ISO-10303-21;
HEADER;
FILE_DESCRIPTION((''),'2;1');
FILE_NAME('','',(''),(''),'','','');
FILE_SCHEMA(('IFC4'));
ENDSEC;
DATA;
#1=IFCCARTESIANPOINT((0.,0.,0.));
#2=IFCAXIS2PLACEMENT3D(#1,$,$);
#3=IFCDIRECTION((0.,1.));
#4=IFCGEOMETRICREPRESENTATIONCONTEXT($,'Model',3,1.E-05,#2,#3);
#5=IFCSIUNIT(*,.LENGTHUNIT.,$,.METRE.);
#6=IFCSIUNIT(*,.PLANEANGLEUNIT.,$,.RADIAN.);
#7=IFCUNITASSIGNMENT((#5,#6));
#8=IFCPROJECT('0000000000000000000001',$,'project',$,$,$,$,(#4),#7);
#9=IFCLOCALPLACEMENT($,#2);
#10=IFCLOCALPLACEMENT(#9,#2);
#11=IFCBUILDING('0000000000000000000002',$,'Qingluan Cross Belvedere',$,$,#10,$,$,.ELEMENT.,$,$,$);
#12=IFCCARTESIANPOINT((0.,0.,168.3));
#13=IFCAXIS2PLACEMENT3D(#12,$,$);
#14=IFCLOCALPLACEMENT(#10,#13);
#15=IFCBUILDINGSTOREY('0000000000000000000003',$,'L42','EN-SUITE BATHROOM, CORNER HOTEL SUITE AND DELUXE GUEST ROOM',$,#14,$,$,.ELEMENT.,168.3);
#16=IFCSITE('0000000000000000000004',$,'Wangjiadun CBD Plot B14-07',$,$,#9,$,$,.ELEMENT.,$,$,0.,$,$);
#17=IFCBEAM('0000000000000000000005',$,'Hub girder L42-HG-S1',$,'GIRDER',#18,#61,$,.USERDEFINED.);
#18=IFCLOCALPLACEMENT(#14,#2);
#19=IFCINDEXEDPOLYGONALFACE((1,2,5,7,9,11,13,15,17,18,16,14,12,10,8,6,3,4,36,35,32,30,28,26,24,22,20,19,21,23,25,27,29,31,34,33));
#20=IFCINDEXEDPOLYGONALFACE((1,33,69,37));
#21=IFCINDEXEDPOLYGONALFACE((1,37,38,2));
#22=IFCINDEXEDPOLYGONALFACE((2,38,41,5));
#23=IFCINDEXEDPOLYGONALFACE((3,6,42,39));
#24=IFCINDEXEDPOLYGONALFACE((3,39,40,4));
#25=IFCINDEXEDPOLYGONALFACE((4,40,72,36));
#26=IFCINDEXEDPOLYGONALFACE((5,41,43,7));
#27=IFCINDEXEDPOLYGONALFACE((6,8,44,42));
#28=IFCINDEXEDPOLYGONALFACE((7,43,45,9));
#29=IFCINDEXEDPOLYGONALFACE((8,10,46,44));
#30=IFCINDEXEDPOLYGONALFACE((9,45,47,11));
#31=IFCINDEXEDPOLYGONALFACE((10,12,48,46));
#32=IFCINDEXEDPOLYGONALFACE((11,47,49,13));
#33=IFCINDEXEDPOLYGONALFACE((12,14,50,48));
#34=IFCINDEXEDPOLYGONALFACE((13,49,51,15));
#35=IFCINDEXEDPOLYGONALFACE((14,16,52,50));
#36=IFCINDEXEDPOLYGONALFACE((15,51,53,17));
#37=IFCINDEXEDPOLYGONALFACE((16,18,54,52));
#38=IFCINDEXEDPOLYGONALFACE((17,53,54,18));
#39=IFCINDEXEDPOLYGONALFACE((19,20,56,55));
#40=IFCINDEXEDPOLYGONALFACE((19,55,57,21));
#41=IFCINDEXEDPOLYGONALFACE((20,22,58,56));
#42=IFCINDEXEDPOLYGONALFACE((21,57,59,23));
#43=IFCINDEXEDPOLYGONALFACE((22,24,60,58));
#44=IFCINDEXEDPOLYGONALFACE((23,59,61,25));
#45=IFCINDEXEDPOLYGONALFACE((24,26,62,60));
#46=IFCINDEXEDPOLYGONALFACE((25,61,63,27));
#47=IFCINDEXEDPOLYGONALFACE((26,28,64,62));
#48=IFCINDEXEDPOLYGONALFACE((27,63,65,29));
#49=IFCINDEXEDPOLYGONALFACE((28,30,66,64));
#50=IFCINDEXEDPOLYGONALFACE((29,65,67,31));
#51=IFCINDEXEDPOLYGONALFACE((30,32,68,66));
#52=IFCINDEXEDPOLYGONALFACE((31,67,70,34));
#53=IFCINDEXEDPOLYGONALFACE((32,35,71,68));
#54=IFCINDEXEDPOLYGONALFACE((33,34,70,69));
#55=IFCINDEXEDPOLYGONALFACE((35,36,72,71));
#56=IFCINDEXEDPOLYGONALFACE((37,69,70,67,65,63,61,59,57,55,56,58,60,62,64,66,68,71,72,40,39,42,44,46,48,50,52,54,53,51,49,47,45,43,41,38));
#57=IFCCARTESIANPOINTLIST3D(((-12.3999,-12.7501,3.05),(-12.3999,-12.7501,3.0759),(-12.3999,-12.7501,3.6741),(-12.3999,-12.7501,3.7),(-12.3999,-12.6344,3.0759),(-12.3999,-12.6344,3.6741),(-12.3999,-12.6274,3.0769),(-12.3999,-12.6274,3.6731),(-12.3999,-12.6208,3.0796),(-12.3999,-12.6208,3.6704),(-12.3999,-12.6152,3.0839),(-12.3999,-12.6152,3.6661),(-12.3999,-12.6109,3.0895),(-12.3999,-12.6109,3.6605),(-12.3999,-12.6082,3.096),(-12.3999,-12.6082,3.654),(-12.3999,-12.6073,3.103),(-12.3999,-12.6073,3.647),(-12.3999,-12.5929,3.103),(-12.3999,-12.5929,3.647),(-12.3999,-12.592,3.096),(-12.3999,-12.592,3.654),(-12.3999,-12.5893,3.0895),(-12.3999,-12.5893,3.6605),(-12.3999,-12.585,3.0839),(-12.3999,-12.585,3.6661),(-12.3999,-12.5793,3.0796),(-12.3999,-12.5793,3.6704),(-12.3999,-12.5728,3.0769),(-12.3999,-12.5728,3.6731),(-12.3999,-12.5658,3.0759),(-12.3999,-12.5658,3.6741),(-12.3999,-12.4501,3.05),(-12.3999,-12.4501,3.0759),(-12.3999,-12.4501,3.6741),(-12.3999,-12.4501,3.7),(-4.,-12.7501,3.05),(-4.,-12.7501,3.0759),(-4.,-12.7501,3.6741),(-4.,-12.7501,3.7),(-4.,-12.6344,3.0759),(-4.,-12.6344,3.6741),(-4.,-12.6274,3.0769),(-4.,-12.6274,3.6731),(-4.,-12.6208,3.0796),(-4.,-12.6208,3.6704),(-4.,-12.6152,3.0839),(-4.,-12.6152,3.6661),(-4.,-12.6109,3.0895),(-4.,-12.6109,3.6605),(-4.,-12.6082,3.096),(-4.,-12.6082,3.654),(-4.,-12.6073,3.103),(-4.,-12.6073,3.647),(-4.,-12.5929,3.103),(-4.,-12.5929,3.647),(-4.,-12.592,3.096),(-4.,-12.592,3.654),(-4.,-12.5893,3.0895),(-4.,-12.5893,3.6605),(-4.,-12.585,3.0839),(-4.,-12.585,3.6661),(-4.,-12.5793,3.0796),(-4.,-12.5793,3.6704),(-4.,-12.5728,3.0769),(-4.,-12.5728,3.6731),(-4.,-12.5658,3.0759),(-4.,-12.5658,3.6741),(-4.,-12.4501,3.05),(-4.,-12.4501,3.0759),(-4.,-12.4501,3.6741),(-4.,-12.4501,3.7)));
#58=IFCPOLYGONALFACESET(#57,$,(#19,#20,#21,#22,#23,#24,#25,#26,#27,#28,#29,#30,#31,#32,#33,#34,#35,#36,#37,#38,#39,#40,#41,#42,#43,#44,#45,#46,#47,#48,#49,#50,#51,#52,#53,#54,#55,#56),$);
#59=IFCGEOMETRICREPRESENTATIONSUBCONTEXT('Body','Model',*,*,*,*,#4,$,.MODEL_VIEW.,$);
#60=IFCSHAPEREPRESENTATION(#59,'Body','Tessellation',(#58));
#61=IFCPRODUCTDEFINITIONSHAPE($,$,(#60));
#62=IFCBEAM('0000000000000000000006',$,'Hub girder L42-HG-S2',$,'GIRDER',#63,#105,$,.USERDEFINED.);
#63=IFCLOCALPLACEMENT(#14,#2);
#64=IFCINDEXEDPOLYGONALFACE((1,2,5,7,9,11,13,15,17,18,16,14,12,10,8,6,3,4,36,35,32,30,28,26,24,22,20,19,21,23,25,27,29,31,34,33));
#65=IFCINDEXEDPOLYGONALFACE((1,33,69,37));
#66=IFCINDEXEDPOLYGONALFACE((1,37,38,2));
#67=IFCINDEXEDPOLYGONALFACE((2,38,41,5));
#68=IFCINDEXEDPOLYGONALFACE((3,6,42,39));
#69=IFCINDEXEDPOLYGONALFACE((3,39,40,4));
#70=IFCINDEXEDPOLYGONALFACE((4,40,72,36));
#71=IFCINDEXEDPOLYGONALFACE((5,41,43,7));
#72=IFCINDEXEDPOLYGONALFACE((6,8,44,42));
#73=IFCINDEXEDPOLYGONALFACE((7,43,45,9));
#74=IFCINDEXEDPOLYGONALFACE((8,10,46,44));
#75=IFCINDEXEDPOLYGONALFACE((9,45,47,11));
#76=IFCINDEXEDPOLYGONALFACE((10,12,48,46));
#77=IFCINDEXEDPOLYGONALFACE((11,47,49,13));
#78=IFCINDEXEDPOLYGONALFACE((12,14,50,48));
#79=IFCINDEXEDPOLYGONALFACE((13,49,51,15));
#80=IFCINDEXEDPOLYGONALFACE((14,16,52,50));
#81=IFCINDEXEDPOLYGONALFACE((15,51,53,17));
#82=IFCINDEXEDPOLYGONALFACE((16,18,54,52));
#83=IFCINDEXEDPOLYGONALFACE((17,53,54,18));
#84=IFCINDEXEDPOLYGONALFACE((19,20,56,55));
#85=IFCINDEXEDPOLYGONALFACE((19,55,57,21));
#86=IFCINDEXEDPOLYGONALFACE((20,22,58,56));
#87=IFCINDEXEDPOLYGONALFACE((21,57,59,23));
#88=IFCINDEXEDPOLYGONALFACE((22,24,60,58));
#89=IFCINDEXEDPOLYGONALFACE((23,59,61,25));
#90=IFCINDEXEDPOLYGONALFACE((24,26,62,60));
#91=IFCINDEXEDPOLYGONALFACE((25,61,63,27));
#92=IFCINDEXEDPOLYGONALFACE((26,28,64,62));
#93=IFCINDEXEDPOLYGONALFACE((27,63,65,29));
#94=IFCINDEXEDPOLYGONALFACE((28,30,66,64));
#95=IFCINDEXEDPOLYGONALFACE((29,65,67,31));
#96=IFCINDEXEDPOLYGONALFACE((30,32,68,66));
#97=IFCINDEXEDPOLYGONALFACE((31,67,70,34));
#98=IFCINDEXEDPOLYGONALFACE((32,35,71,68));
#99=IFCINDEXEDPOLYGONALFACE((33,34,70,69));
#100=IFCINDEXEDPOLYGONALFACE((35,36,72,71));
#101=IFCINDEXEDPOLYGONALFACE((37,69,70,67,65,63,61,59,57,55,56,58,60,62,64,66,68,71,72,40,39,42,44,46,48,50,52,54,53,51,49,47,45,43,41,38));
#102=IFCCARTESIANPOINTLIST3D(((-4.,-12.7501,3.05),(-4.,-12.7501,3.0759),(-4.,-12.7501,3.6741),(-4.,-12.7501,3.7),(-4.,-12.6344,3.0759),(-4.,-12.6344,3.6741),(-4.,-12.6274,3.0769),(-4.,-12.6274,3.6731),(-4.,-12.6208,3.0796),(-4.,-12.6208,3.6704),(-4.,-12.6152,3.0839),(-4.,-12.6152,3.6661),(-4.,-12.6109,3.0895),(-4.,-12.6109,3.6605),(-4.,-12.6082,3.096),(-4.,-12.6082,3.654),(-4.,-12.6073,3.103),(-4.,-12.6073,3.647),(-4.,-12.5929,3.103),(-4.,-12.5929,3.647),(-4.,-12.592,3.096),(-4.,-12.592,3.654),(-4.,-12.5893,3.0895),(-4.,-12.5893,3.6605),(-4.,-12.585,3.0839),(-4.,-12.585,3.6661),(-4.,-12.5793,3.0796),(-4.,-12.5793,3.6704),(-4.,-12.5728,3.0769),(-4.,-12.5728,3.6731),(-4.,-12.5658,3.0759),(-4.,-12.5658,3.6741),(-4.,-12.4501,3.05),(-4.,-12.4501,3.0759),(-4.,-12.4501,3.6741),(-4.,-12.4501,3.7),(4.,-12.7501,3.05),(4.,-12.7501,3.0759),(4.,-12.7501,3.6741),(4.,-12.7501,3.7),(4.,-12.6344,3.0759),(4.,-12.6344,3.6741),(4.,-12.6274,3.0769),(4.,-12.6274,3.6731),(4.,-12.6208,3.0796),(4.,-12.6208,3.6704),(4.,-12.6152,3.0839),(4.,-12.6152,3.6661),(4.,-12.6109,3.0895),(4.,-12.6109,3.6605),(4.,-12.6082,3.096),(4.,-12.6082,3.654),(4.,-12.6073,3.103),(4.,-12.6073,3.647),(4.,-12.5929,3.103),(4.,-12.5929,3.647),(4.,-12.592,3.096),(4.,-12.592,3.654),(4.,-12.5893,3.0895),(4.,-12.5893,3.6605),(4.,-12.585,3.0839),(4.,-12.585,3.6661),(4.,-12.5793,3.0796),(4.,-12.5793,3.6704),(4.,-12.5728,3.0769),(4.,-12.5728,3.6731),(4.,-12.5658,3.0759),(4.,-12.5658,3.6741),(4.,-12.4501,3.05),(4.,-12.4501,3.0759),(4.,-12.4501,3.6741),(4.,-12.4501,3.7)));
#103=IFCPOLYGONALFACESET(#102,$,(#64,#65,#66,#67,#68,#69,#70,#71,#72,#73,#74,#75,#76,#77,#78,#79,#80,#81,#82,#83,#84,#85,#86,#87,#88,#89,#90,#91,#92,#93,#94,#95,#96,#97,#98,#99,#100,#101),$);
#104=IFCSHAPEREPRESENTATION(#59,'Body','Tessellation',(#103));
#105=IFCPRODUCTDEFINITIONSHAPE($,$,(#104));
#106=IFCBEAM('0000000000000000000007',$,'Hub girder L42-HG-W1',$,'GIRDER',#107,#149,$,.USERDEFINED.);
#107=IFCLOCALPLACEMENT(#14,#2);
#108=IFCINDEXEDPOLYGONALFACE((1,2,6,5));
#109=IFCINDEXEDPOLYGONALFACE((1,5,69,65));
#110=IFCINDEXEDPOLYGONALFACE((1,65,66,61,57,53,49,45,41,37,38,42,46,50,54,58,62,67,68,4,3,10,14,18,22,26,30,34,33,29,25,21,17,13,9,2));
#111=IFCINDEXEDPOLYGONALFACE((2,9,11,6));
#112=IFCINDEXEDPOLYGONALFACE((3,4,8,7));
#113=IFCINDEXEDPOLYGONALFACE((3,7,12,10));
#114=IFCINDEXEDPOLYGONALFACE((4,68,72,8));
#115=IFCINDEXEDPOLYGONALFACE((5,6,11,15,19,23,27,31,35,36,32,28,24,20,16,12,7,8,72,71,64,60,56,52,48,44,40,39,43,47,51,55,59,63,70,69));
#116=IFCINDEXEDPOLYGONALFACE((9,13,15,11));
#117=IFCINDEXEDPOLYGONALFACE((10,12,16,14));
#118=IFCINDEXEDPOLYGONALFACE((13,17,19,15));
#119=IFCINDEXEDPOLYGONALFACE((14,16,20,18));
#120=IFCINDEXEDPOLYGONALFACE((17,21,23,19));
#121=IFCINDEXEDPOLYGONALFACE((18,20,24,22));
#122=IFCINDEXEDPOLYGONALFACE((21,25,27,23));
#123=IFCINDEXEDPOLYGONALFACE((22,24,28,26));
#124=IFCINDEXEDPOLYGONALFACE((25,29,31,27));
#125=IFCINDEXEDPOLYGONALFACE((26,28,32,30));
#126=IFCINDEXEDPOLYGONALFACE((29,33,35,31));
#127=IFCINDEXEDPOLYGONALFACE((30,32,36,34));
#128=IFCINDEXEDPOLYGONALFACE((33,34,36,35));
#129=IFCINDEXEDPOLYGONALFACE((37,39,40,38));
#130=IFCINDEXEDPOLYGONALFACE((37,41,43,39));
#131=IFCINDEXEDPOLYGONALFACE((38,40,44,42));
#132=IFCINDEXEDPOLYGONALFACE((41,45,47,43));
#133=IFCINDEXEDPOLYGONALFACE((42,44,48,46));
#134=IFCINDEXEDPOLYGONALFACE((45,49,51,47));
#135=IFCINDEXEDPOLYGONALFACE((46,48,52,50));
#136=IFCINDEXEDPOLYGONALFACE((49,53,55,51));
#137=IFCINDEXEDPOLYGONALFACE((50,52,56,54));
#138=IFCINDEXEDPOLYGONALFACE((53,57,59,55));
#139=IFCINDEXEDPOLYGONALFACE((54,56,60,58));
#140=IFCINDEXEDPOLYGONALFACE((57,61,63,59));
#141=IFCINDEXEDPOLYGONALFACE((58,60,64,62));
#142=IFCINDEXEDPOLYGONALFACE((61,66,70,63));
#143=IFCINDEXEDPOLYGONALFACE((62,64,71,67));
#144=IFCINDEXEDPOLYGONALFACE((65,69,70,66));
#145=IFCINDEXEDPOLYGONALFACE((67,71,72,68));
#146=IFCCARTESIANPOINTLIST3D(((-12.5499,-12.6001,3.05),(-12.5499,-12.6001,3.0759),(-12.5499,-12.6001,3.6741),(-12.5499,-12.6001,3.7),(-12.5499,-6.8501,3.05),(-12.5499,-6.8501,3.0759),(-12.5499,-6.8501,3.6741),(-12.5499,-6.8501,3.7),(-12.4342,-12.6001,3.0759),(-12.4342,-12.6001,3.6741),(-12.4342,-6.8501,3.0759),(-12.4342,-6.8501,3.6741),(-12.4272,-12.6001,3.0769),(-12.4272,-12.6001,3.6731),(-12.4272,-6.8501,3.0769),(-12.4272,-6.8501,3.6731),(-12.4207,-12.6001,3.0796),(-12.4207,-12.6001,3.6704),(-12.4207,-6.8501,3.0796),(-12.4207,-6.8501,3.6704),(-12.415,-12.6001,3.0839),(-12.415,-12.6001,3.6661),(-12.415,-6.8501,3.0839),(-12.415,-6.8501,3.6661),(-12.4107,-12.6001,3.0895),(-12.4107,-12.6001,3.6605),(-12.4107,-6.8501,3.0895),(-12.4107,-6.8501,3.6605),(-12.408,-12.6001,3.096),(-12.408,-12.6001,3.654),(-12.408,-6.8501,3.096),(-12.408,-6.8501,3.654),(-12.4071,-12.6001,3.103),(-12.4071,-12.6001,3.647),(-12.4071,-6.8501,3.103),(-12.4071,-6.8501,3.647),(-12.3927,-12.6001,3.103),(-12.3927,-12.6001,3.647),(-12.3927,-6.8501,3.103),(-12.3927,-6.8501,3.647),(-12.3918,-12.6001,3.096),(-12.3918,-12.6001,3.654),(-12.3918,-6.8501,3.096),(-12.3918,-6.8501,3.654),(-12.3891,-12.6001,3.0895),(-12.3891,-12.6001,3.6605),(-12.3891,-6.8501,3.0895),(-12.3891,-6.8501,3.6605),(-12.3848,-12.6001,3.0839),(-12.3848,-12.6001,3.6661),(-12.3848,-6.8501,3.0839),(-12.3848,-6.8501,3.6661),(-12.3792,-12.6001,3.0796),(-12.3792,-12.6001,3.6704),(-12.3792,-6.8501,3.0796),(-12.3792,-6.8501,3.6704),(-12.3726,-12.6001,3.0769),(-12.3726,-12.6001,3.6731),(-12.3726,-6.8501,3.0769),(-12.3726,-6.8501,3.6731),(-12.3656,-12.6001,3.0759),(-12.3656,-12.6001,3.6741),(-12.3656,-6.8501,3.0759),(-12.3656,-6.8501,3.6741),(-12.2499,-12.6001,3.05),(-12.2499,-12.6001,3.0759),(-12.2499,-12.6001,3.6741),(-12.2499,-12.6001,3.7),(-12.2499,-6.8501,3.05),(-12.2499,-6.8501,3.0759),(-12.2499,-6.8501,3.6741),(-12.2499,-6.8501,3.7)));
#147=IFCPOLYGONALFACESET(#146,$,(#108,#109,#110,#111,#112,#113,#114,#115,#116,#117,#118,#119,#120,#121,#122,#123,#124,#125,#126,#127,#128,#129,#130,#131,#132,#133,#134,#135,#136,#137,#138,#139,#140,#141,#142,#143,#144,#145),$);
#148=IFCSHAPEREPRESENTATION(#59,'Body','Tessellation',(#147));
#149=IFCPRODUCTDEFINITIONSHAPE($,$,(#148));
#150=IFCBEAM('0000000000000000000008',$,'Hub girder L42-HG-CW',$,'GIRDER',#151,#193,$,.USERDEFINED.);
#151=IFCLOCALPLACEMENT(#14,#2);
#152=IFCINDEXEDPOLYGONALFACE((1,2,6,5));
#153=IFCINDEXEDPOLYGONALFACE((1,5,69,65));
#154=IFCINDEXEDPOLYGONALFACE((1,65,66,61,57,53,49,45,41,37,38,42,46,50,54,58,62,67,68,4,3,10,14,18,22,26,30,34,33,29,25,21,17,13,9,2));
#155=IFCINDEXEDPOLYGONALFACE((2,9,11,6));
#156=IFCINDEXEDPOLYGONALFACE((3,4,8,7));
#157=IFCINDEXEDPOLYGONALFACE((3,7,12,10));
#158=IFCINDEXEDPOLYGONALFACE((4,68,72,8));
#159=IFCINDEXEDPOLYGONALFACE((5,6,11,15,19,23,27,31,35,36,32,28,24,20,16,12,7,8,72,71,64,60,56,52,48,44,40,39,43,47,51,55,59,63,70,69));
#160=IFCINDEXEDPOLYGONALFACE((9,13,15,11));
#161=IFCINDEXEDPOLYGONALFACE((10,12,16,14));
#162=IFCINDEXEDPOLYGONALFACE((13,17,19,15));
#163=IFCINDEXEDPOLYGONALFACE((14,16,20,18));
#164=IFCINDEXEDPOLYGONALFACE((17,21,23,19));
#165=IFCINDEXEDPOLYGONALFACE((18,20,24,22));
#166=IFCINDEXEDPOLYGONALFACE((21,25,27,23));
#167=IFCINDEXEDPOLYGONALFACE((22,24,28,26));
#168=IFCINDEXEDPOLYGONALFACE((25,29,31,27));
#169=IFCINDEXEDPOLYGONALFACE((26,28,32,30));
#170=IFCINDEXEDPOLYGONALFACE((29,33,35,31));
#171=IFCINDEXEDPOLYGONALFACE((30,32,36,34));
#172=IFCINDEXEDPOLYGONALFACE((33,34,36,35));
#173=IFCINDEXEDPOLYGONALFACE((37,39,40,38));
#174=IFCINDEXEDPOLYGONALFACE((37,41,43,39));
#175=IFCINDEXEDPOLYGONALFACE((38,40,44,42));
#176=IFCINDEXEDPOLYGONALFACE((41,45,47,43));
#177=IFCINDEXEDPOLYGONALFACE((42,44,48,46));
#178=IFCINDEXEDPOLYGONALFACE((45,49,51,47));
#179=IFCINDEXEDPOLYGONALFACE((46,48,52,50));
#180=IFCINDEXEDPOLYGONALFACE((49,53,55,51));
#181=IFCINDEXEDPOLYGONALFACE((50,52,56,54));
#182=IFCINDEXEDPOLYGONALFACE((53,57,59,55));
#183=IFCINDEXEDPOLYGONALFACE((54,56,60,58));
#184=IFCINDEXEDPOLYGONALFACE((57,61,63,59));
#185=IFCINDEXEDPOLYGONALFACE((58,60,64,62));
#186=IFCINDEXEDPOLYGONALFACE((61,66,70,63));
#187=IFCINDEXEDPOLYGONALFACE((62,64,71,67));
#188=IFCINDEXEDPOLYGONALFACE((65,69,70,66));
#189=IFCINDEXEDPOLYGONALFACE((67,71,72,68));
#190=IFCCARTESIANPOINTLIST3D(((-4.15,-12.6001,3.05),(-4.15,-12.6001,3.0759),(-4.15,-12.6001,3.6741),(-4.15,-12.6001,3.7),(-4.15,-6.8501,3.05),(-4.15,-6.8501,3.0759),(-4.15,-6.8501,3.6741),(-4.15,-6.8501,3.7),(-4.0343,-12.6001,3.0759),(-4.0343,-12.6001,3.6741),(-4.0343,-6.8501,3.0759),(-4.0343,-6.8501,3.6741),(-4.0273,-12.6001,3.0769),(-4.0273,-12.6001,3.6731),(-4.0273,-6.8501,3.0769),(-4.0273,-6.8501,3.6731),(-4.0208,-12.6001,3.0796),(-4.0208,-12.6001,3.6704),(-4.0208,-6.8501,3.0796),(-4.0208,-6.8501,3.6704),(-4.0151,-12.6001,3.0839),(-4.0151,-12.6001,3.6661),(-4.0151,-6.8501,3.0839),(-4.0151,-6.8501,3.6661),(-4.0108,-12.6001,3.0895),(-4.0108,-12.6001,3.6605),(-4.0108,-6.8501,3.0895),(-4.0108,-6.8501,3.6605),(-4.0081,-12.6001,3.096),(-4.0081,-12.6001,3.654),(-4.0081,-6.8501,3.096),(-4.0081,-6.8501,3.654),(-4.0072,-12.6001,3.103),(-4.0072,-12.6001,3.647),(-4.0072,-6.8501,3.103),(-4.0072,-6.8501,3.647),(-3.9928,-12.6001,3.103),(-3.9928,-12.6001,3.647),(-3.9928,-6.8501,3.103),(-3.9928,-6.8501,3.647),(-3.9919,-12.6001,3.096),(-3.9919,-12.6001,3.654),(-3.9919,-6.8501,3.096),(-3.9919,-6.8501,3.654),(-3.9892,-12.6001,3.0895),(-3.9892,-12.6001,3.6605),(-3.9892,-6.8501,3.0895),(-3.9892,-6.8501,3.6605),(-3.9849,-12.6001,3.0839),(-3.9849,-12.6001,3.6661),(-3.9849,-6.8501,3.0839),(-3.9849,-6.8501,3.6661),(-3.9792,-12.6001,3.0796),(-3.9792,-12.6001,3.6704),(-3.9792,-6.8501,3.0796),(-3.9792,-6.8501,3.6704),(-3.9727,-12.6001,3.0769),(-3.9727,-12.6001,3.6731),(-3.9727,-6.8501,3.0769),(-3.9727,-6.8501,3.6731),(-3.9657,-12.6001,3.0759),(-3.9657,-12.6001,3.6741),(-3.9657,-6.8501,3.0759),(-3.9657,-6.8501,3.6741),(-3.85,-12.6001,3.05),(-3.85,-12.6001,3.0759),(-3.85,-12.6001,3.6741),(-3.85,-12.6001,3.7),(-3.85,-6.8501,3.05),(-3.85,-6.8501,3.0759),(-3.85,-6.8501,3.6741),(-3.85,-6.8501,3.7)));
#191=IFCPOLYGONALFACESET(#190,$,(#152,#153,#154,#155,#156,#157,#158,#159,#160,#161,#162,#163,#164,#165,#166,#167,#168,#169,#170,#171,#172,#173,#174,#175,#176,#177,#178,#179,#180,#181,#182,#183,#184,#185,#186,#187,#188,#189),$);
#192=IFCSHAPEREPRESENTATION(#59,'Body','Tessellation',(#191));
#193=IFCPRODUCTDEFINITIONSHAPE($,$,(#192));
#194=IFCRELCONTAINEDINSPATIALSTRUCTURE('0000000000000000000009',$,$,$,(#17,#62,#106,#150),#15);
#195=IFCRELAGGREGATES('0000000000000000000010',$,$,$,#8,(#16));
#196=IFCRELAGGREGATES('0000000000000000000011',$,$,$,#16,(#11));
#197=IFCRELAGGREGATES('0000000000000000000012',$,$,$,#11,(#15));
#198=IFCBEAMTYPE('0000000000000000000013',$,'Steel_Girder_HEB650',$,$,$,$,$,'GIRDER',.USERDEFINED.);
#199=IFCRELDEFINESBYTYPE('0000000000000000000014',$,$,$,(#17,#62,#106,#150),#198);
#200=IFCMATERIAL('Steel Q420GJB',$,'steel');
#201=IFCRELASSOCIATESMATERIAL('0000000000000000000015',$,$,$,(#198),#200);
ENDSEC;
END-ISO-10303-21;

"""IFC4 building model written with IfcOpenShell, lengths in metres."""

from ifc_helpers import new_model, si_unit, direction, frame, origin, origin_2d, place, context, subcontext, project, spatial, i_section, extrude, material, material_profile, profile_set, type_object, element, save


model = new_model("IFC4")

# Units and contexts
model_context = context("Model", 3, precision=1e-05, world=origin(), true_north=direction((0.0, 1.0)))
body_context = subcontext(model_context, "Body", "Model", "MODEL_VIEW")
ifc_project = project(units=[si_unit("LENGTHUNIT", "METRE"), si_unit("PLANEANGLEUNIT", "RADIAN")], contexts=[model_context])

# Site, building, storey
site_placement = place(None, origin())
site = spatial("IfcSite", under=ifc_project, at=site_placement, Name="Wangjiadun CBD Plot B14-07", CompositionType="ELEMENT", RefElevation=0.0)
building_placement = place(site_placement, origin())
building = spatial("IfcBuilding", under=site, at=building_placement, Name="Qingluan Cross Belvedere", CompositionType="ELEMENT")
storey_placement = place(building_placement, frame((0.0, 0.0, 168.3)))
storey = spatial("IfcBuildingStorey", under=building, at=storey_placement, Name="L42", Description="EN-SUITE BATHROOM, CORNER HOTEL SUITE AND DELUXE GUEST ROOM", CompositionType="ELEMENT", Elevation=168.3)

# Beams
ifc_material_1 = material(Name="Steel Q420GJB", Category="steel")
ifc_material_profile_1 = material_profile(ifc_material_1, i_section(OverallWidth=0.3, OverallDepth=0.6499, WebThickness=0.0144, FlangeThickness=0.0259, FilletRadius=0.0271, at=origin_2d()), Name="HEB650")
ifc_profile_set_1 = profile_set([ifc_material_profile_1], Name="Steel Q420GJB")
beam_type_1 = type_object("IfcBeamType", Name="Steel_Girder_HEB650", ElementType="GIRDER", PredefinedType="USERDEFINED", material=ifc_profile_set_1)
beam_1_placement = place(storey_placement, frame((-12.3999, -12.6001, 3.375), z_axis=(1.0, 0.0, 0.0), x_axis=(0.0, 1.0, 0.0)))
element("IfcBeam", 1, at=beam_1_placement, inside=storey, type_object=beam_type_1, Name="Hub girder L42-HG-S1", ObjectType="GIRDER", PredefinedType="USERDEFINED", context=body_context, shape_type="SweptSolid", body=[
    extrude(i_section(OverallWidth=0.3, OverallDepth=0.6499, WebThickness=0.0144, FlangeThickness=0.0259, FilletRadius=0.0271, at=origin_2d()), origin(), (0.0, 0.0, 1.0), 8.3999),
])
beam_2_placement = place(storey_placement, frame((-4.0, -12.6001, 3.375), z_axis=(1.0, 0.0, 0.0), x_axis=(0.0, 1.0, 0.0)))
element("IfcBeam", 2, at=beam_2_placement, inside=storey, type_object=beam_type_1, Name="Hub girder L42-HG-S2", ObjectType="GIRDER", PredefinedType="USERDEFINED", context=body_context, shape_type="SweptSolid", body=[
    extrude(i_section(OverallWidth=0.3, OverallDepth=0.6499, WebThickness=0.0144, FlangeThickness=0.0259, FilletRadius=0.0271, at=origin_2d()), origin(), (0.0, 0.0, 1.0), 8.0),
])
for number, where, z_axis, x_axis, name in (
    (3, (-12.3999, -12.6001, 3.375), (0.0, 1.0, 0.0), (-1.0, 0.0, 0.0), "Hub girder L42-HG-W1"),
    (4, (-4.0, -12.6001, 3.375), (0.0, 1.0, 0.0), (-1.0, 0.0, 0.0), "Hub girder L42-HG-CW"),
):
    element("IfcBeam", number, at=place(storey_placement, frame(where, z_axis=z_axis, x_axis=x_axis)), inside=storey, type_object=beam_type_1, Name=name, ObjectType="GIRDER", PredefinedType="USERDEFINED", context=body_context, shape_type="SweptSolid", body=[
        extrude(i_section(OverallWidth=0.3, OverallDepth=0.6499, WebThickness=0.0144, FlangeThickness=0.0259, FilletRadius=0.0271, at=origin_2d()), origin(), (0.0, 0.0, 1.0), 5.75),
    ])

save(model, "model.ifc")
